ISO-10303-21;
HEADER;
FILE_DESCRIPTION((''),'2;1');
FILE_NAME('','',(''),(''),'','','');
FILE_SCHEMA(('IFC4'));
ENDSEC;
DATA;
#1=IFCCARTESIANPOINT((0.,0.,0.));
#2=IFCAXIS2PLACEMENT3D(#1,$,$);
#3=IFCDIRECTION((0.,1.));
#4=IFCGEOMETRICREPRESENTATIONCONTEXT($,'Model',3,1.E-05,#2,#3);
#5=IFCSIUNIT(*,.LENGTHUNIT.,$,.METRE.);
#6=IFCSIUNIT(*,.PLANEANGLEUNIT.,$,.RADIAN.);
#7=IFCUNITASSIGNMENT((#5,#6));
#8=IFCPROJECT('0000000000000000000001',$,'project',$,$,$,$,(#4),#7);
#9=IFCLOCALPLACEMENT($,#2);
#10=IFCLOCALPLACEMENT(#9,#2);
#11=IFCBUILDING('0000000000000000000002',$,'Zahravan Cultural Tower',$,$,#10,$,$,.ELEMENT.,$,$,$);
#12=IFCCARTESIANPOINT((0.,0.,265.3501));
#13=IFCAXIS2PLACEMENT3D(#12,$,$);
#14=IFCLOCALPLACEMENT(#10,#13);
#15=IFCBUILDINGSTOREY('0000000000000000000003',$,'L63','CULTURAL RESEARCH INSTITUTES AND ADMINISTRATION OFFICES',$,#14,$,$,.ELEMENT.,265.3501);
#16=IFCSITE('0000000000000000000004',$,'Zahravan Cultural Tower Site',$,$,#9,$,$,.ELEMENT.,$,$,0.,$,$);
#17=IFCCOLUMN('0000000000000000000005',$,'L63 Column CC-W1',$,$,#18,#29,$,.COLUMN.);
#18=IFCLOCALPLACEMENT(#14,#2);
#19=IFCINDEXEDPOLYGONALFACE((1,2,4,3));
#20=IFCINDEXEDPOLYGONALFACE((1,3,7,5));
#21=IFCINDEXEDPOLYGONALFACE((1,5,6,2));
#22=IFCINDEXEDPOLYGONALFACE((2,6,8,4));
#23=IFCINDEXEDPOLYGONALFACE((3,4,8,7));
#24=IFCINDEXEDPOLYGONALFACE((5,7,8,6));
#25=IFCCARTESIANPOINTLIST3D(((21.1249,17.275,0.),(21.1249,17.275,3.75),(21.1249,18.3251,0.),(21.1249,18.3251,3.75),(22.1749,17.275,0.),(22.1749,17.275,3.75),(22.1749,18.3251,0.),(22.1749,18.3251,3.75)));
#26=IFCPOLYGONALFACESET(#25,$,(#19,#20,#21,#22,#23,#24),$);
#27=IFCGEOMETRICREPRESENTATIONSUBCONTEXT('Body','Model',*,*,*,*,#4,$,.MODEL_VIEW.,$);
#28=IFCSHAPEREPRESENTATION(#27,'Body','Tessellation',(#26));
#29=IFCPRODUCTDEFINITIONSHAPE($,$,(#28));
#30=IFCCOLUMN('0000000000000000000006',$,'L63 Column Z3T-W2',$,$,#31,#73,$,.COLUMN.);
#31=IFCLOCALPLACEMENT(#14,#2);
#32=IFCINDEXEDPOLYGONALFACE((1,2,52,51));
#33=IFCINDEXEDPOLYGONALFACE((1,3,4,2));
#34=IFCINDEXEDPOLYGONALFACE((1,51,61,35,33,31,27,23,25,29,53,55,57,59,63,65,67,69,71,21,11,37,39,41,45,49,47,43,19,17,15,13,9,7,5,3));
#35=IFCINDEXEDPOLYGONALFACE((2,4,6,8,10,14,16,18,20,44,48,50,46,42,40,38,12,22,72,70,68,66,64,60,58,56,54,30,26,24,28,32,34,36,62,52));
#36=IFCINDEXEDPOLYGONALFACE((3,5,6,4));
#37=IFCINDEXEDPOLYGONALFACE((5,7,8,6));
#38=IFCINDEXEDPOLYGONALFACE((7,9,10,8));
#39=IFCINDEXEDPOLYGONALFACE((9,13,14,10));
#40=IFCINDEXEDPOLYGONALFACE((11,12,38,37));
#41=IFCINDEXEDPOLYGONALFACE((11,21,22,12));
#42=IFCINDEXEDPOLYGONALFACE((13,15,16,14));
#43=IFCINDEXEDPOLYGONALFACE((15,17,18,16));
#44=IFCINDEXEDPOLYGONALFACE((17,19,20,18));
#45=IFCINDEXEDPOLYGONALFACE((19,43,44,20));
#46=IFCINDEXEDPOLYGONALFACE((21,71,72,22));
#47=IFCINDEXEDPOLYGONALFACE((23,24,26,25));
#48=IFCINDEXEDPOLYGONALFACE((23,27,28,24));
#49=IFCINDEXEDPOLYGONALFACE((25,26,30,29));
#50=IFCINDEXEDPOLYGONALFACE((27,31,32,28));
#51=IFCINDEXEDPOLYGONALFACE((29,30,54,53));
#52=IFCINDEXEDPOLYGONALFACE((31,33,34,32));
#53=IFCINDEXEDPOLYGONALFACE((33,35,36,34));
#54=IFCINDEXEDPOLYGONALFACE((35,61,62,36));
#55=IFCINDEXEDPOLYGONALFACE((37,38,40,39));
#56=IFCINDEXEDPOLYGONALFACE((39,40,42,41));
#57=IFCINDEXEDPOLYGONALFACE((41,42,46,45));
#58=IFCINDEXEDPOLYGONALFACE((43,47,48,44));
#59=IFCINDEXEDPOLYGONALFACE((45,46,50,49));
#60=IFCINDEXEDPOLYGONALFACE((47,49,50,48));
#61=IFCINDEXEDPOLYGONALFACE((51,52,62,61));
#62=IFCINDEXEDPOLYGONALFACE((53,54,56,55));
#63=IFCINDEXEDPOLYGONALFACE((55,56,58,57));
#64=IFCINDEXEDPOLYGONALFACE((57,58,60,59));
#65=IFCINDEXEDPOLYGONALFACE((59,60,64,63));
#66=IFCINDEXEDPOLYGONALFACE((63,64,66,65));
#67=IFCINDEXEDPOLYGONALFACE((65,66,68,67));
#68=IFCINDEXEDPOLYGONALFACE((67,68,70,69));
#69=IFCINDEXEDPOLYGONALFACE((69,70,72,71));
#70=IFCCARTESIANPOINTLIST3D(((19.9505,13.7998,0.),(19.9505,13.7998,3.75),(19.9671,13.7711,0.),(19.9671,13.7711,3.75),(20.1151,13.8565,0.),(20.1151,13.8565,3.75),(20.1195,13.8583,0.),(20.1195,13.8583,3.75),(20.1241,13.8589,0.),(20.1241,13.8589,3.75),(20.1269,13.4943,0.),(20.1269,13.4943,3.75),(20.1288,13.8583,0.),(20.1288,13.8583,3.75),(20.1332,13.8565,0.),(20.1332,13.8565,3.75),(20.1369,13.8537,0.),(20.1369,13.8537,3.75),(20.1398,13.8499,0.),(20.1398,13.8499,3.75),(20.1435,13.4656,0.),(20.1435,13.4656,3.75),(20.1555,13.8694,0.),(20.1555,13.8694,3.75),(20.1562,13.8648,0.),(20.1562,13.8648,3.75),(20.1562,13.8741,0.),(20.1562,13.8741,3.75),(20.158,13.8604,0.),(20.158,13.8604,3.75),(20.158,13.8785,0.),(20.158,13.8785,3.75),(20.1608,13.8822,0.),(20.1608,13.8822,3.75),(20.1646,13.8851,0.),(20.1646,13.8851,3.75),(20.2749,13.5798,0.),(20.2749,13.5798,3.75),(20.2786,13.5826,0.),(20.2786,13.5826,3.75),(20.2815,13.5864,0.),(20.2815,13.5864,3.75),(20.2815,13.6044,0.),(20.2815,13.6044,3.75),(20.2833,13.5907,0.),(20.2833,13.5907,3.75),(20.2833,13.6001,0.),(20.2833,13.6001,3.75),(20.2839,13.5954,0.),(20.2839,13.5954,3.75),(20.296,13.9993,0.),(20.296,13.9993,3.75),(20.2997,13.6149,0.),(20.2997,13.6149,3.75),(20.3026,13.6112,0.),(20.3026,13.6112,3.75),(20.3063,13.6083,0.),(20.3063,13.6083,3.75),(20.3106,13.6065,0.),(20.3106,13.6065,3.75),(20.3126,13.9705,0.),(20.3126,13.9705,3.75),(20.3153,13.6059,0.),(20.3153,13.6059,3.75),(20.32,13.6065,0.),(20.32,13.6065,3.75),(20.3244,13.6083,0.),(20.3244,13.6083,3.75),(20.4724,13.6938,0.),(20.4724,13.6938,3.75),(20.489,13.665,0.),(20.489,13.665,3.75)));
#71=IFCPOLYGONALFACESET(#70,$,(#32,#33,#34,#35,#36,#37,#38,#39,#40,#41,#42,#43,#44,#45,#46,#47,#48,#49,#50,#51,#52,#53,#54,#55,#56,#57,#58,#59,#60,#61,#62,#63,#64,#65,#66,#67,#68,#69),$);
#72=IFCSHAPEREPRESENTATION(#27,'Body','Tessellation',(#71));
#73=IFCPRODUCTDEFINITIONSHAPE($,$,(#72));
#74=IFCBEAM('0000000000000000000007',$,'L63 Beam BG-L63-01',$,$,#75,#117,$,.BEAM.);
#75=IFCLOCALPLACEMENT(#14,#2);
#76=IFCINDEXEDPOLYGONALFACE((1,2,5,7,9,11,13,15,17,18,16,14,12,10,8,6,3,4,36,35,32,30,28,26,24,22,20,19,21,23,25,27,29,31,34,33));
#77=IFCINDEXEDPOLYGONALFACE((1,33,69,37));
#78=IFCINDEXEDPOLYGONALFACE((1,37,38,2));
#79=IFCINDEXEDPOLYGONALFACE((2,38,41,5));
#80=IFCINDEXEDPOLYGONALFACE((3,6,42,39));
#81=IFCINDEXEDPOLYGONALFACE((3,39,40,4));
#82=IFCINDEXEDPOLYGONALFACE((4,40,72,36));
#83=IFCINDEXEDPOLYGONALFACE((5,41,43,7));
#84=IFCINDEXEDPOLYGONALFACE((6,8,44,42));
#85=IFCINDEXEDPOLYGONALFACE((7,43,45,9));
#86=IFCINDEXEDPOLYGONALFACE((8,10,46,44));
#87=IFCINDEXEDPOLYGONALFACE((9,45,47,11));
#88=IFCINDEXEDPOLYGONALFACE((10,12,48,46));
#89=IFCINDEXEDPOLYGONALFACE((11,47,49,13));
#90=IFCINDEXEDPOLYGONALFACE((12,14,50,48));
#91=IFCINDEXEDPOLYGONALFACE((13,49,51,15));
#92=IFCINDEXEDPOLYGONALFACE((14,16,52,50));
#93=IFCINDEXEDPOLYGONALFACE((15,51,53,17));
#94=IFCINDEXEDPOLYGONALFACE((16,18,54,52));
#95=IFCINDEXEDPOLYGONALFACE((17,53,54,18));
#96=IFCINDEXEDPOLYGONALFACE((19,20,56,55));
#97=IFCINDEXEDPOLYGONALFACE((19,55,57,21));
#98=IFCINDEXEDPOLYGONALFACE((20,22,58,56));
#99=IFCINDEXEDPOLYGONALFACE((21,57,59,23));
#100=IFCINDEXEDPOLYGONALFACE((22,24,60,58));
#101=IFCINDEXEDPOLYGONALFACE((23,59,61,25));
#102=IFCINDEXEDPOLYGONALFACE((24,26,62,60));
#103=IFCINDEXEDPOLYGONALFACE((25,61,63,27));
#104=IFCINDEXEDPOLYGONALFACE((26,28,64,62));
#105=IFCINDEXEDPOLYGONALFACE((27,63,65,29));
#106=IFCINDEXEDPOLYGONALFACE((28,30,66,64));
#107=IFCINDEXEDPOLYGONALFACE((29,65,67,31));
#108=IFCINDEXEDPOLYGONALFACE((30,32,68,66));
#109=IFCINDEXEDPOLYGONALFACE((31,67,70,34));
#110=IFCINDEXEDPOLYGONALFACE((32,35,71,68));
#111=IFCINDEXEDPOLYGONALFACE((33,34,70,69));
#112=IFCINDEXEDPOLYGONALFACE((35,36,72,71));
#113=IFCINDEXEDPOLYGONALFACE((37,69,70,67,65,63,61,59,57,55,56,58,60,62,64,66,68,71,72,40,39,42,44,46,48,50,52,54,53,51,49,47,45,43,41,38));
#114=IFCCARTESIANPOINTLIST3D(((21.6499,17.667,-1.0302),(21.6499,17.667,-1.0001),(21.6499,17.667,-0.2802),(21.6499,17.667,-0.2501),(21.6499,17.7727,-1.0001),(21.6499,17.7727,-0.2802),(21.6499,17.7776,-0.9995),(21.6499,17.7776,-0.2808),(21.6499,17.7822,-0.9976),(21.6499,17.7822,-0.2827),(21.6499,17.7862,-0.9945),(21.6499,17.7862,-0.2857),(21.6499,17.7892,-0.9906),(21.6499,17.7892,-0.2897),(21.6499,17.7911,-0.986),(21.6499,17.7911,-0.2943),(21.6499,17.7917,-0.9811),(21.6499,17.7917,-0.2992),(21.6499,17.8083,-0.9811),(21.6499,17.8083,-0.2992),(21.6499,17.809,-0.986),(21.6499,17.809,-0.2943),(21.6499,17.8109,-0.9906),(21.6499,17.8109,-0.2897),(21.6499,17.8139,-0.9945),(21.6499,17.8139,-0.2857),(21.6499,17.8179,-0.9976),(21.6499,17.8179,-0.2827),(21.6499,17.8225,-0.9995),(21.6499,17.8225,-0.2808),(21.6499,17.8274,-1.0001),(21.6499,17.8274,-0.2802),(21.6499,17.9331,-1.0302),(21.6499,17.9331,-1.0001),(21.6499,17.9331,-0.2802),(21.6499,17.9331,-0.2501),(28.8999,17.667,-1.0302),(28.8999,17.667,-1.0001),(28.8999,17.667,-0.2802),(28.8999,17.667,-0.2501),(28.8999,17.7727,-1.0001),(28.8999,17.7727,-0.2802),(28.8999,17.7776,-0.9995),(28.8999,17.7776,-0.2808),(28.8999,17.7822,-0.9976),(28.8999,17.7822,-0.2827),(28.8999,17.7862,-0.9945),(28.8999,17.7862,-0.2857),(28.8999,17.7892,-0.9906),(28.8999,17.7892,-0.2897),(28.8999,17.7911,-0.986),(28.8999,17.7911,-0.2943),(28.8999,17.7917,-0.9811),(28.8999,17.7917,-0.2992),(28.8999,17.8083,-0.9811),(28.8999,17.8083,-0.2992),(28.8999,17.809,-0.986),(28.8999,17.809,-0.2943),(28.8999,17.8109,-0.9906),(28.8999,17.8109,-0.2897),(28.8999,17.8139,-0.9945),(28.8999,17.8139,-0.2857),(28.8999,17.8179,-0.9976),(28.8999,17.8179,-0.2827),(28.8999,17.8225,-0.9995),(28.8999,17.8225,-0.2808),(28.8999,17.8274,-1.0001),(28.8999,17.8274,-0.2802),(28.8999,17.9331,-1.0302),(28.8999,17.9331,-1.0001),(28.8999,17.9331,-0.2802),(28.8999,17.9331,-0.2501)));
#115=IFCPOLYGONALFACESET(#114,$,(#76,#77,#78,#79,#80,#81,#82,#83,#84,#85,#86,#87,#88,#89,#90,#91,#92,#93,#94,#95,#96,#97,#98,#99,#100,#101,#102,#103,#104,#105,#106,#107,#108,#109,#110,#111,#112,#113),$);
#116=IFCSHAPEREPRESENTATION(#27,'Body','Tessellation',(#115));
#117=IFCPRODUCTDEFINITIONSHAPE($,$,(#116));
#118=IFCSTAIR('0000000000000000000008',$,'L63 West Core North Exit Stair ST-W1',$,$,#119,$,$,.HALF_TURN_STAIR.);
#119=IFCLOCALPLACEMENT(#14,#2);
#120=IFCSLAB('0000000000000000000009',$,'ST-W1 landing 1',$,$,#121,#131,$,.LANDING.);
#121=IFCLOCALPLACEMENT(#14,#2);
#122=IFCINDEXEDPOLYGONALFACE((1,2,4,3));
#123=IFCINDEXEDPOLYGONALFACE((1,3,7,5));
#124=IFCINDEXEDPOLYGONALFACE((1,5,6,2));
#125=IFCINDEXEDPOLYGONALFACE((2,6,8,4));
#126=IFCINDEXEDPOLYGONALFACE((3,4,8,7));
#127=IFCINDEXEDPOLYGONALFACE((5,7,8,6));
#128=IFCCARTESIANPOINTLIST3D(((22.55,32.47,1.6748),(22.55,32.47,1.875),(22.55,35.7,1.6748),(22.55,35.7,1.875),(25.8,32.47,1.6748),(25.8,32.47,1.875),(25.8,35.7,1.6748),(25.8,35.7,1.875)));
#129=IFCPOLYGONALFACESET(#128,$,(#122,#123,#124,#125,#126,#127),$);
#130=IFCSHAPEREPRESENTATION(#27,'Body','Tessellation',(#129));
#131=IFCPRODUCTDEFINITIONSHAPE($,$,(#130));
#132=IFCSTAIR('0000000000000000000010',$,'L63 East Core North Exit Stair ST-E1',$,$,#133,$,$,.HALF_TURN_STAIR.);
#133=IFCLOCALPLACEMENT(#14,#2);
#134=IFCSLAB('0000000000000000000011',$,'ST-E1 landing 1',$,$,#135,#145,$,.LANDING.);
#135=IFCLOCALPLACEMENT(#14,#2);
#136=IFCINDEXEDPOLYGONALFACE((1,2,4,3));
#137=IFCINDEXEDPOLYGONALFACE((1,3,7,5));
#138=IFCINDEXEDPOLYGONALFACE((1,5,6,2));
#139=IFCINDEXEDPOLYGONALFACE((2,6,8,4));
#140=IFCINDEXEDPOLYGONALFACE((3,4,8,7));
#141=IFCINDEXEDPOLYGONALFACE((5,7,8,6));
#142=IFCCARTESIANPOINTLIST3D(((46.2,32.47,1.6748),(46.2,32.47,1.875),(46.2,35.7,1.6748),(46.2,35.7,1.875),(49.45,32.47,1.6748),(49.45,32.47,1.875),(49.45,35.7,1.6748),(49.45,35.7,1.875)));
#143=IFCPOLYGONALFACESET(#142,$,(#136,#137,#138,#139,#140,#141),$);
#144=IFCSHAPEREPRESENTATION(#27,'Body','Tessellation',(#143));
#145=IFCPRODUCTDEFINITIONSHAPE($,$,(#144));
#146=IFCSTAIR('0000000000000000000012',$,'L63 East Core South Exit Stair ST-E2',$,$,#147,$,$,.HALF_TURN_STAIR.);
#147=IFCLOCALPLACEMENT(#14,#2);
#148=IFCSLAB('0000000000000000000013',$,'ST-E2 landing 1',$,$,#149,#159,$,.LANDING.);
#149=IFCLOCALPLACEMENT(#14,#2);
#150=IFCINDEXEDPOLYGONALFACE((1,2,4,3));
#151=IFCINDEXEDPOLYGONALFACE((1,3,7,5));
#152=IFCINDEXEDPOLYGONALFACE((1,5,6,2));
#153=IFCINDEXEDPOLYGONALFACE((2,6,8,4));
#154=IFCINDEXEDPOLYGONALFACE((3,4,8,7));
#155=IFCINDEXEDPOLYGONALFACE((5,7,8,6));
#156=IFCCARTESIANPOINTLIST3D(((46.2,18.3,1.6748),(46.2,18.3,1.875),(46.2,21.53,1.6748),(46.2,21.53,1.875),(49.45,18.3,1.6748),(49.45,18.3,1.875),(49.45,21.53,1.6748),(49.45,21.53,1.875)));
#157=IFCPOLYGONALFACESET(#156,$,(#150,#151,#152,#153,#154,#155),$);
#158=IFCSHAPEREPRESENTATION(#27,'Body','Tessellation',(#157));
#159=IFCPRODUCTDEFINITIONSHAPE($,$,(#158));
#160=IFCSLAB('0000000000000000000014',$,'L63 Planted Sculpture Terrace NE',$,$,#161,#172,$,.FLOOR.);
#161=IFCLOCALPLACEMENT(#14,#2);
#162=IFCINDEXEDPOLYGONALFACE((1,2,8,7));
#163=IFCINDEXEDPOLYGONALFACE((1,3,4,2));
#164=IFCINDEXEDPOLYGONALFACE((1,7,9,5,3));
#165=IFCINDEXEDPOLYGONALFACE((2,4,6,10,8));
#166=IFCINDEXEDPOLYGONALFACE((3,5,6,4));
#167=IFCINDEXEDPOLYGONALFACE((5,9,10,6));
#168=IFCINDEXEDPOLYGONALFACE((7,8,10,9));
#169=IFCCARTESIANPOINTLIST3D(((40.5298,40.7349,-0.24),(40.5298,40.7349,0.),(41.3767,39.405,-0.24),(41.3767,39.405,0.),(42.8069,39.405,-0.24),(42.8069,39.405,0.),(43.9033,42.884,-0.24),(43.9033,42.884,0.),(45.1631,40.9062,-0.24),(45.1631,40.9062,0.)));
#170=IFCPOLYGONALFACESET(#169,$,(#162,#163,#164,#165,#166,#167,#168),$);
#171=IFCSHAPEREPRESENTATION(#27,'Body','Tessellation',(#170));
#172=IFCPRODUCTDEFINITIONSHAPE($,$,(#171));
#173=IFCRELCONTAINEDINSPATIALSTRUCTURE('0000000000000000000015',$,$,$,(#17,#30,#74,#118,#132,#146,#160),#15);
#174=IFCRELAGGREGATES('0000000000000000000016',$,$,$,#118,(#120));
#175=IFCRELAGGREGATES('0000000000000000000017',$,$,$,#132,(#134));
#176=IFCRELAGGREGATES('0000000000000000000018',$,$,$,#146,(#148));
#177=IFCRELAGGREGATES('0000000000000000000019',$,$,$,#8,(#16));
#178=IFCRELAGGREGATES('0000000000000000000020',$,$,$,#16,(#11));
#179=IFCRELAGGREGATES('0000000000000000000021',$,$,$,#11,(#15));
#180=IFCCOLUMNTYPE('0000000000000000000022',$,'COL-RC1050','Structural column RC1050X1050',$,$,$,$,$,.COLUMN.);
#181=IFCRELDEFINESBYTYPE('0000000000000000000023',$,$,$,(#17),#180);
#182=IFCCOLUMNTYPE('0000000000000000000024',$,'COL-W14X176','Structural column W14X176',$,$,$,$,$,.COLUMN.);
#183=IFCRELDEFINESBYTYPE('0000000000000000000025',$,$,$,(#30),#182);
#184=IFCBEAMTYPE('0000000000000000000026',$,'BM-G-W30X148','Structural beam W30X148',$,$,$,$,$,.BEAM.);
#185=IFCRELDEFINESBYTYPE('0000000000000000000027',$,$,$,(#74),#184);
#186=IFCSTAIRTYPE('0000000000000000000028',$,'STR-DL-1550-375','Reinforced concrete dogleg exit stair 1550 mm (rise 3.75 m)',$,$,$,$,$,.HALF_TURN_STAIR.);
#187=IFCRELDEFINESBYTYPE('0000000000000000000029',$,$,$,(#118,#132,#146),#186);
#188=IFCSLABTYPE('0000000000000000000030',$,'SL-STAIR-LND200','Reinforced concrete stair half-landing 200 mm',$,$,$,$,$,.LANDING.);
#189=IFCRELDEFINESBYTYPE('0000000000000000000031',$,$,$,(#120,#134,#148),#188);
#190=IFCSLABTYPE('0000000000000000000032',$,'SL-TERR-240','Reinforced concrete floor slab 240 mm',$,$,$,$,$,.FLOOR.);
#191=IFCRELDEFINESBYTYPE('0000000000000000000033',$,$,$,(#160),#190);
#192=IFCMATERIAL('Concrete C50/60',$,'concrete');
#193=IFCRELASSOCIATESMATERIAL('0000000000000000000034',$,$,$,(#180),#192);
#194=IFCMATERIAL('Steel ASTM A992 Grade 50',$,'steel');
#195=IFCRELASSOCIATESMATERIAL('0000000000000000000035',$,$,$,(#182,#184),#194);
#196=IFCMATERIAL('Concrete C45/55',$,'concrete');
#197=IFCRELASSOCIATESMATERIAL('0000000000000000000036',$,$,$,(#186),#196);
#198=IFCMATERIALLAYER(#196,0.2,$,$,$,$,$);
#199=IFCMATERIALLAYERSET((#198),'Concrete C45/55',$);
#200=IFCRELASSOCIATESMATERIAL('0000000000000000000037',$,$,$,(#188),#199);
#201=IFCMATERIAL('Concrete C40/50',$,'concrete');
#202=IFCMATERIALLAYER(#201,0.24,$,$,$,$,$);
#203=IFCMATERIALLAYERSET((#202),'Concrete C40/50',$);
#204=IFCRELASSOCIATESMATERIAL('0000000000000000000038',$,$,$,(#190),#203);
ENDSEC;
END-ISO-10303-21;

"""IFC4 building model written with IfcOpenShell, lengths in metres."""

from ifc_helpers import new_model, si_unit, direction, frame, origin, origin_2d, place, context, subcontext, project, spatial, polyline, rectangle, i_section, outline, extrude, source, transform, mapped, material, layer, layer_set, material_profile, profile_set, type_object, element, aggregate, save


model = new_model("IFC4")

# Units and contexts
model_context = context("Model", 3, precision=1e-05, world=origin(), true_north=direction((0.0, 1.0)))
body_context = subcontext(model_context, "Body", "Model", "MODEL_VIEW")
ifc_project = project(units=[si_unit("LENGTHUNIT", "METRE"), si_unit("PLANEANGLEUNIT", "RADIAN")], contexts=[model_context])

# Site, building, storey
site_placement = place(None, origin())
site = spatial("IfcSite", under=ifc_project, at=site_placement, Name="Zahravan Cultural Tower Site", CompositionType="ELEMENT", RefElevation=0.0)
building_placement = place(site_placement, origin())
building = spatial("IfcBuilding", under=site, at=building_placement, Name="Zahravan Cultural Tower", CompositionType="ELEMENT")
storey_placement = place(building_placement, frame((0.0, 0.0, 265.3501)))
storey = spatial("IfcBuildingStorey", under=building, at=storey_placement, Name="L63", Description="CULTURAL RESEARCH INSTITUTES AND ADMINISTRATION OFFICES", CompositionType="ELEMENT", Elevation=265.3501)

# Columns
ifc_material_1 = material(Name="Concrete C50/60", Category="concrete")
ifc_material_profile_1 = material_profile(ifc_material_1, rectangle(XDim=1.05, YDim=1.05, at=origin_2d()), Name="RC1050X1050")
ifc_profile_set_1 = profile_set([ifc_material_profile_1], Name="Concrete C50/60")
column_type_1 = type_object("IfcColumnType", Name="COL-RC1050", Description="Structural column RC1050X1050", PredefinedType="COLUMN", material=ifc_profile_set_1)
shared_shape_1 = source(origin(), body_context, "Body", "SweptSolid", [
    extrude(rectangle(XDim=1.05, YDim=1.05, at=origin_2d()), origin(), (0.0, 0.0, 1.0), 3.75),
])
column_1_placement = place(storey_placement, frame((21.6499, 17.8, 0.0), z_axis=(0.0, 0.0, 1.0), x_axis=(1.0, 0.0, 0.0)))
element("IfcColumn", 1, at=column_1_placement, inside=storey, type_object=column_type_1, Name="L63 Column CC-W1", PredefinedType="COLUMN", context=body_context, shape_type="MappedRepresentation", body=[
    mapped(shared_shape_1, transform((0.0, 0.0, 0.0), x_axis=(1.0, 0.0, 0.0), y_axis=(0.0, 1.0, 0.0), z_axis=(0.0, 0.0, 1.0), scale=1.0)),
])
ifc_material_2 = material(Name="Steel ASTM A992 Grade 50", Category="steel")
ifc_material_profile_2 = material_profile(ifc_material_2, i_section(OverallWidth=0.3989, OverallDepth=0.386, WebThickness=0.021, FlangeThickness=0.0332, FilletRadius=0.0181, at=origin_2d()), Name="W14X176")
ifc_profile_set_2 = profile_set([ifc_material_profile_2], Name="Steel ASTM A992 Grade 50")
column_type_2 = type_object("IfcColumnType", Name="COL-W14X176", Description="Structural column W14X176", PredefinedType="COLUMN", material=ifc_profile_set_2)
shared_shape_2 = source(origin(), body_context, "Body", "SweptSolid", [
    extrude(i_section(OverallWidth=0.3989, OverallDepth=0.386, WebThickness=0.021, FlangeThickness=0.0332, FilletRadius=0.0181, at=origin_2d()), origin(), (0.0, 0.0, 1.0), 3.75),
])
column_2_placement = place(storey_placement, frame((20.2197, 13.7324, 0.0), z_axis=(0.0, 0.0, 1.0), x_axis=(0.866025, 0.5, 0.0)))
element("IfcColumn", 2, at=column_2_placement, inside=storey, type_object=column_type_2, Name="L63 Column Z3T-W2", PredefinedType="COLUMN", context=body_context, shape_type="MappedRepresentation", body=[
    mapped(shared_shape_2, transform((0.0, 0.0, 0.0), x_axis=(1.0, 0.0, 0.0), y_axis=(0.0, 1.0, 0.0), z_axis=(0.0, 0.0, 1.0), scale=1.0)),
])

# Beam
ifc_material_profile_3 = material_profile(ifc_material_2, i_section(OverallWidth=0.2661, OverallDepth=0.78, WebThickness=0.0166, FlangeThickness=0.03, FilletRadius=0.019, at=origin_2d()), Name="W30X148")
ifc_profile_set_3 = profile_set([ifc_material_profile_3], Name="Steel ASTM A992 Grade 50")
beam_type = type_object("IfcBeamType", Name="BM-G-W30X148", Description="Structural beam W30X148", PredefinedType="BEAM", material=ifc_profile_set_3)
shared_shape_3 = source(origin(), body_context, "Body", "SweptSolid", [
    extrude(i_section(OverallWidth=0.2661, OverallDepth=0.78, WebThickness=0.0166, FlangeThickness=0.03, FilletRadius=0.019, at=origin_2d()), origin(), (0.0, 0.0, 1.0), 7.25),
])
beam_placement = place(storey_placement, frame((21.6499, 17.8, -0.6401), z_axis=(1.0, 0.0, 0.0), x_axis=(0.0, 1.0, 0.0)))
element("IfcBeam", 3, at=beam_placement, inside=storey, type_object=beam_type, Name="L63 Beam BG-L63-01", PredefinedType="BEAM", context=body_context, shape_type="MappedRepresentation", body=[
    mapped(shared_shape_3, transform((0.0, 0.0, 0.0), x_axis=(1.0, 0.0, 0.0), y_axis=(0.0, 1.0, 0.0), z_axis=(0.0, 0.0, 1.0), scale=1.0)),
])

# Stairs, slabs
ifc_material_3 = material(Name="Concrete C45/55", Category="concrete")
stair_type = type_object("IfcStairType", Name="STR-DL-1550-375", Description="Reinforced concrete dogleg exit stair 1550 mm (rise 3.75 m)", PredefinedType="HALF_TURN_STAIR", material=ifc_material_3)
stair_1_placement = place(storey_placement, origin())
stair_1 = element("IfcStair", 4, at=stair_1_placement, inside=storey, type_object=stair_type, Name="L63 West Core North Exit Stair ST-W1", PredefinedType="HALF_TURN_STAIR")
ifc_layer_1 = layer(ifc_material_3, 0.2)
ifc_layer_set_1 = layer_set([ifc_layer_1], Name="Concrete C45/55")
slab_type_1 = type_object("IfcSlabType", Name="SL-STAIR-LND200", Description="Reinforced concrete stair half-landing 200 mm", PredefinedType="LANDING", material=ifc_layer_set_1)
slab_1_placement = place(storey_placement, frame((0.0, 0.0, 1.6748)))
slab_1 = element("IfcSlab", 5, at=slab_1_placement, type_object=slab_type_1, Name="ST-W1 landing 1", PredefinedType="LANDING", context=body_context, shape_type="SweptSolid", body=[
    extrude(outline(polyline([(25.8, 32.47), (25.8, 35.7), (22.55, 35.7), (22.55, 32.47), (25.8, 32.47)])), origin(), (0.0, 0.0, 1.0), 0.2002),
])
aggregate(stair_1, [slab_1])
stair_2_placement = place(storey_placement, origin())
stair_2 = element("IfcStair", 6, at=stair_2_placement, inside=storey, type_object=stair_type, Name="L63 East Core North Exit Stair ST-E1", PredefinedType="HALF_TURN_STAIR")
slab_2_placement = place(storey_placement, frame((0.0, 0.0, 1.6748)))
slab_2 = element("IfcSlab", 7, at=slab_2_placement, type_object=slab_type_1, Name="ST-E1 landing 1", PredefinedType="LANDING", context=body_context, shape_type="SweptSolid", body=[
    extrude(outline(polyline([(49.45, 32.47), (49.45, 35.7), (46.2, 35.7), (46.2, 32.47), (49.45, 32.47)])), origin(), (0.0, 0.0, 1.0), 0.2002),
])
aggregate(stair_2, [slab_2])
stair_3_placement = place(storey_placement, origin())
stair_3 = element("IfcStair", 8, at=stair_3_placement, inside=storey, type_object=stair_type, Name="L63 East Core South Exit Stair ST-E2", PredefinedType="HALF_TURN_STAIR")
slab_3_placement = place(storey_placement, frame((0.0, 0.0, 1.6748)))
slab_3 = element("IfcSlab", 9, at=slab_3_placement, type_object=slab_type_1, Name="ST-E2 landing 1", PredefinedType="LANDING", context=body_context, shape_type="SweptSolid", body=[
    extrude(outline(polyline([(46.2, 21.53), (46.2, 18.3), (49.45, 18.3), (49.45, 21.53), (46.2, 21.53)])), origin(), (0.0, 0.0, 1.0), 0.2002),
])
aggregate(stair_3, [slab_3])

# Slab
ifc_material_4 = material(Name="Concrete C40/50", Category="concrete")
ifc_layer_2 = layer(ifc_material_4, 0.24)
ifc_layer_set_2 = layer_set([ifc_layer_2], Name="Concrete C40/50")
slab_type_2 = type_object("IfcSlabType", Name="SL-TERR-240", Description="Reinforced concrete floor slab 240 mm", PredefinedType="FLOOR", material=ifc_layer_set_2)
slab_4_placement = place(storey_placement, frame((0.0, 0.0, -0.24)))
element("IfcSlab", 10, at=slab_4_placement, inside=storey, type_object=slab_type_2, Name="L63 Planted Sculpture Terrace NE", PredefinedType="FLOOR", context=body_context, shape_type="SweptSolid", body=[
    extrude(outline(polyline([(40.5298, 40.7349), (41.3767, 39.405), (42.8069, 39.405), (45.1631, 40.9062), (43.9033, 42.884), (40.5298, 40.7349)])), origin(), (0.0, 0.0, 1.0), 0.24),
])

save(model, "model.ifc")
